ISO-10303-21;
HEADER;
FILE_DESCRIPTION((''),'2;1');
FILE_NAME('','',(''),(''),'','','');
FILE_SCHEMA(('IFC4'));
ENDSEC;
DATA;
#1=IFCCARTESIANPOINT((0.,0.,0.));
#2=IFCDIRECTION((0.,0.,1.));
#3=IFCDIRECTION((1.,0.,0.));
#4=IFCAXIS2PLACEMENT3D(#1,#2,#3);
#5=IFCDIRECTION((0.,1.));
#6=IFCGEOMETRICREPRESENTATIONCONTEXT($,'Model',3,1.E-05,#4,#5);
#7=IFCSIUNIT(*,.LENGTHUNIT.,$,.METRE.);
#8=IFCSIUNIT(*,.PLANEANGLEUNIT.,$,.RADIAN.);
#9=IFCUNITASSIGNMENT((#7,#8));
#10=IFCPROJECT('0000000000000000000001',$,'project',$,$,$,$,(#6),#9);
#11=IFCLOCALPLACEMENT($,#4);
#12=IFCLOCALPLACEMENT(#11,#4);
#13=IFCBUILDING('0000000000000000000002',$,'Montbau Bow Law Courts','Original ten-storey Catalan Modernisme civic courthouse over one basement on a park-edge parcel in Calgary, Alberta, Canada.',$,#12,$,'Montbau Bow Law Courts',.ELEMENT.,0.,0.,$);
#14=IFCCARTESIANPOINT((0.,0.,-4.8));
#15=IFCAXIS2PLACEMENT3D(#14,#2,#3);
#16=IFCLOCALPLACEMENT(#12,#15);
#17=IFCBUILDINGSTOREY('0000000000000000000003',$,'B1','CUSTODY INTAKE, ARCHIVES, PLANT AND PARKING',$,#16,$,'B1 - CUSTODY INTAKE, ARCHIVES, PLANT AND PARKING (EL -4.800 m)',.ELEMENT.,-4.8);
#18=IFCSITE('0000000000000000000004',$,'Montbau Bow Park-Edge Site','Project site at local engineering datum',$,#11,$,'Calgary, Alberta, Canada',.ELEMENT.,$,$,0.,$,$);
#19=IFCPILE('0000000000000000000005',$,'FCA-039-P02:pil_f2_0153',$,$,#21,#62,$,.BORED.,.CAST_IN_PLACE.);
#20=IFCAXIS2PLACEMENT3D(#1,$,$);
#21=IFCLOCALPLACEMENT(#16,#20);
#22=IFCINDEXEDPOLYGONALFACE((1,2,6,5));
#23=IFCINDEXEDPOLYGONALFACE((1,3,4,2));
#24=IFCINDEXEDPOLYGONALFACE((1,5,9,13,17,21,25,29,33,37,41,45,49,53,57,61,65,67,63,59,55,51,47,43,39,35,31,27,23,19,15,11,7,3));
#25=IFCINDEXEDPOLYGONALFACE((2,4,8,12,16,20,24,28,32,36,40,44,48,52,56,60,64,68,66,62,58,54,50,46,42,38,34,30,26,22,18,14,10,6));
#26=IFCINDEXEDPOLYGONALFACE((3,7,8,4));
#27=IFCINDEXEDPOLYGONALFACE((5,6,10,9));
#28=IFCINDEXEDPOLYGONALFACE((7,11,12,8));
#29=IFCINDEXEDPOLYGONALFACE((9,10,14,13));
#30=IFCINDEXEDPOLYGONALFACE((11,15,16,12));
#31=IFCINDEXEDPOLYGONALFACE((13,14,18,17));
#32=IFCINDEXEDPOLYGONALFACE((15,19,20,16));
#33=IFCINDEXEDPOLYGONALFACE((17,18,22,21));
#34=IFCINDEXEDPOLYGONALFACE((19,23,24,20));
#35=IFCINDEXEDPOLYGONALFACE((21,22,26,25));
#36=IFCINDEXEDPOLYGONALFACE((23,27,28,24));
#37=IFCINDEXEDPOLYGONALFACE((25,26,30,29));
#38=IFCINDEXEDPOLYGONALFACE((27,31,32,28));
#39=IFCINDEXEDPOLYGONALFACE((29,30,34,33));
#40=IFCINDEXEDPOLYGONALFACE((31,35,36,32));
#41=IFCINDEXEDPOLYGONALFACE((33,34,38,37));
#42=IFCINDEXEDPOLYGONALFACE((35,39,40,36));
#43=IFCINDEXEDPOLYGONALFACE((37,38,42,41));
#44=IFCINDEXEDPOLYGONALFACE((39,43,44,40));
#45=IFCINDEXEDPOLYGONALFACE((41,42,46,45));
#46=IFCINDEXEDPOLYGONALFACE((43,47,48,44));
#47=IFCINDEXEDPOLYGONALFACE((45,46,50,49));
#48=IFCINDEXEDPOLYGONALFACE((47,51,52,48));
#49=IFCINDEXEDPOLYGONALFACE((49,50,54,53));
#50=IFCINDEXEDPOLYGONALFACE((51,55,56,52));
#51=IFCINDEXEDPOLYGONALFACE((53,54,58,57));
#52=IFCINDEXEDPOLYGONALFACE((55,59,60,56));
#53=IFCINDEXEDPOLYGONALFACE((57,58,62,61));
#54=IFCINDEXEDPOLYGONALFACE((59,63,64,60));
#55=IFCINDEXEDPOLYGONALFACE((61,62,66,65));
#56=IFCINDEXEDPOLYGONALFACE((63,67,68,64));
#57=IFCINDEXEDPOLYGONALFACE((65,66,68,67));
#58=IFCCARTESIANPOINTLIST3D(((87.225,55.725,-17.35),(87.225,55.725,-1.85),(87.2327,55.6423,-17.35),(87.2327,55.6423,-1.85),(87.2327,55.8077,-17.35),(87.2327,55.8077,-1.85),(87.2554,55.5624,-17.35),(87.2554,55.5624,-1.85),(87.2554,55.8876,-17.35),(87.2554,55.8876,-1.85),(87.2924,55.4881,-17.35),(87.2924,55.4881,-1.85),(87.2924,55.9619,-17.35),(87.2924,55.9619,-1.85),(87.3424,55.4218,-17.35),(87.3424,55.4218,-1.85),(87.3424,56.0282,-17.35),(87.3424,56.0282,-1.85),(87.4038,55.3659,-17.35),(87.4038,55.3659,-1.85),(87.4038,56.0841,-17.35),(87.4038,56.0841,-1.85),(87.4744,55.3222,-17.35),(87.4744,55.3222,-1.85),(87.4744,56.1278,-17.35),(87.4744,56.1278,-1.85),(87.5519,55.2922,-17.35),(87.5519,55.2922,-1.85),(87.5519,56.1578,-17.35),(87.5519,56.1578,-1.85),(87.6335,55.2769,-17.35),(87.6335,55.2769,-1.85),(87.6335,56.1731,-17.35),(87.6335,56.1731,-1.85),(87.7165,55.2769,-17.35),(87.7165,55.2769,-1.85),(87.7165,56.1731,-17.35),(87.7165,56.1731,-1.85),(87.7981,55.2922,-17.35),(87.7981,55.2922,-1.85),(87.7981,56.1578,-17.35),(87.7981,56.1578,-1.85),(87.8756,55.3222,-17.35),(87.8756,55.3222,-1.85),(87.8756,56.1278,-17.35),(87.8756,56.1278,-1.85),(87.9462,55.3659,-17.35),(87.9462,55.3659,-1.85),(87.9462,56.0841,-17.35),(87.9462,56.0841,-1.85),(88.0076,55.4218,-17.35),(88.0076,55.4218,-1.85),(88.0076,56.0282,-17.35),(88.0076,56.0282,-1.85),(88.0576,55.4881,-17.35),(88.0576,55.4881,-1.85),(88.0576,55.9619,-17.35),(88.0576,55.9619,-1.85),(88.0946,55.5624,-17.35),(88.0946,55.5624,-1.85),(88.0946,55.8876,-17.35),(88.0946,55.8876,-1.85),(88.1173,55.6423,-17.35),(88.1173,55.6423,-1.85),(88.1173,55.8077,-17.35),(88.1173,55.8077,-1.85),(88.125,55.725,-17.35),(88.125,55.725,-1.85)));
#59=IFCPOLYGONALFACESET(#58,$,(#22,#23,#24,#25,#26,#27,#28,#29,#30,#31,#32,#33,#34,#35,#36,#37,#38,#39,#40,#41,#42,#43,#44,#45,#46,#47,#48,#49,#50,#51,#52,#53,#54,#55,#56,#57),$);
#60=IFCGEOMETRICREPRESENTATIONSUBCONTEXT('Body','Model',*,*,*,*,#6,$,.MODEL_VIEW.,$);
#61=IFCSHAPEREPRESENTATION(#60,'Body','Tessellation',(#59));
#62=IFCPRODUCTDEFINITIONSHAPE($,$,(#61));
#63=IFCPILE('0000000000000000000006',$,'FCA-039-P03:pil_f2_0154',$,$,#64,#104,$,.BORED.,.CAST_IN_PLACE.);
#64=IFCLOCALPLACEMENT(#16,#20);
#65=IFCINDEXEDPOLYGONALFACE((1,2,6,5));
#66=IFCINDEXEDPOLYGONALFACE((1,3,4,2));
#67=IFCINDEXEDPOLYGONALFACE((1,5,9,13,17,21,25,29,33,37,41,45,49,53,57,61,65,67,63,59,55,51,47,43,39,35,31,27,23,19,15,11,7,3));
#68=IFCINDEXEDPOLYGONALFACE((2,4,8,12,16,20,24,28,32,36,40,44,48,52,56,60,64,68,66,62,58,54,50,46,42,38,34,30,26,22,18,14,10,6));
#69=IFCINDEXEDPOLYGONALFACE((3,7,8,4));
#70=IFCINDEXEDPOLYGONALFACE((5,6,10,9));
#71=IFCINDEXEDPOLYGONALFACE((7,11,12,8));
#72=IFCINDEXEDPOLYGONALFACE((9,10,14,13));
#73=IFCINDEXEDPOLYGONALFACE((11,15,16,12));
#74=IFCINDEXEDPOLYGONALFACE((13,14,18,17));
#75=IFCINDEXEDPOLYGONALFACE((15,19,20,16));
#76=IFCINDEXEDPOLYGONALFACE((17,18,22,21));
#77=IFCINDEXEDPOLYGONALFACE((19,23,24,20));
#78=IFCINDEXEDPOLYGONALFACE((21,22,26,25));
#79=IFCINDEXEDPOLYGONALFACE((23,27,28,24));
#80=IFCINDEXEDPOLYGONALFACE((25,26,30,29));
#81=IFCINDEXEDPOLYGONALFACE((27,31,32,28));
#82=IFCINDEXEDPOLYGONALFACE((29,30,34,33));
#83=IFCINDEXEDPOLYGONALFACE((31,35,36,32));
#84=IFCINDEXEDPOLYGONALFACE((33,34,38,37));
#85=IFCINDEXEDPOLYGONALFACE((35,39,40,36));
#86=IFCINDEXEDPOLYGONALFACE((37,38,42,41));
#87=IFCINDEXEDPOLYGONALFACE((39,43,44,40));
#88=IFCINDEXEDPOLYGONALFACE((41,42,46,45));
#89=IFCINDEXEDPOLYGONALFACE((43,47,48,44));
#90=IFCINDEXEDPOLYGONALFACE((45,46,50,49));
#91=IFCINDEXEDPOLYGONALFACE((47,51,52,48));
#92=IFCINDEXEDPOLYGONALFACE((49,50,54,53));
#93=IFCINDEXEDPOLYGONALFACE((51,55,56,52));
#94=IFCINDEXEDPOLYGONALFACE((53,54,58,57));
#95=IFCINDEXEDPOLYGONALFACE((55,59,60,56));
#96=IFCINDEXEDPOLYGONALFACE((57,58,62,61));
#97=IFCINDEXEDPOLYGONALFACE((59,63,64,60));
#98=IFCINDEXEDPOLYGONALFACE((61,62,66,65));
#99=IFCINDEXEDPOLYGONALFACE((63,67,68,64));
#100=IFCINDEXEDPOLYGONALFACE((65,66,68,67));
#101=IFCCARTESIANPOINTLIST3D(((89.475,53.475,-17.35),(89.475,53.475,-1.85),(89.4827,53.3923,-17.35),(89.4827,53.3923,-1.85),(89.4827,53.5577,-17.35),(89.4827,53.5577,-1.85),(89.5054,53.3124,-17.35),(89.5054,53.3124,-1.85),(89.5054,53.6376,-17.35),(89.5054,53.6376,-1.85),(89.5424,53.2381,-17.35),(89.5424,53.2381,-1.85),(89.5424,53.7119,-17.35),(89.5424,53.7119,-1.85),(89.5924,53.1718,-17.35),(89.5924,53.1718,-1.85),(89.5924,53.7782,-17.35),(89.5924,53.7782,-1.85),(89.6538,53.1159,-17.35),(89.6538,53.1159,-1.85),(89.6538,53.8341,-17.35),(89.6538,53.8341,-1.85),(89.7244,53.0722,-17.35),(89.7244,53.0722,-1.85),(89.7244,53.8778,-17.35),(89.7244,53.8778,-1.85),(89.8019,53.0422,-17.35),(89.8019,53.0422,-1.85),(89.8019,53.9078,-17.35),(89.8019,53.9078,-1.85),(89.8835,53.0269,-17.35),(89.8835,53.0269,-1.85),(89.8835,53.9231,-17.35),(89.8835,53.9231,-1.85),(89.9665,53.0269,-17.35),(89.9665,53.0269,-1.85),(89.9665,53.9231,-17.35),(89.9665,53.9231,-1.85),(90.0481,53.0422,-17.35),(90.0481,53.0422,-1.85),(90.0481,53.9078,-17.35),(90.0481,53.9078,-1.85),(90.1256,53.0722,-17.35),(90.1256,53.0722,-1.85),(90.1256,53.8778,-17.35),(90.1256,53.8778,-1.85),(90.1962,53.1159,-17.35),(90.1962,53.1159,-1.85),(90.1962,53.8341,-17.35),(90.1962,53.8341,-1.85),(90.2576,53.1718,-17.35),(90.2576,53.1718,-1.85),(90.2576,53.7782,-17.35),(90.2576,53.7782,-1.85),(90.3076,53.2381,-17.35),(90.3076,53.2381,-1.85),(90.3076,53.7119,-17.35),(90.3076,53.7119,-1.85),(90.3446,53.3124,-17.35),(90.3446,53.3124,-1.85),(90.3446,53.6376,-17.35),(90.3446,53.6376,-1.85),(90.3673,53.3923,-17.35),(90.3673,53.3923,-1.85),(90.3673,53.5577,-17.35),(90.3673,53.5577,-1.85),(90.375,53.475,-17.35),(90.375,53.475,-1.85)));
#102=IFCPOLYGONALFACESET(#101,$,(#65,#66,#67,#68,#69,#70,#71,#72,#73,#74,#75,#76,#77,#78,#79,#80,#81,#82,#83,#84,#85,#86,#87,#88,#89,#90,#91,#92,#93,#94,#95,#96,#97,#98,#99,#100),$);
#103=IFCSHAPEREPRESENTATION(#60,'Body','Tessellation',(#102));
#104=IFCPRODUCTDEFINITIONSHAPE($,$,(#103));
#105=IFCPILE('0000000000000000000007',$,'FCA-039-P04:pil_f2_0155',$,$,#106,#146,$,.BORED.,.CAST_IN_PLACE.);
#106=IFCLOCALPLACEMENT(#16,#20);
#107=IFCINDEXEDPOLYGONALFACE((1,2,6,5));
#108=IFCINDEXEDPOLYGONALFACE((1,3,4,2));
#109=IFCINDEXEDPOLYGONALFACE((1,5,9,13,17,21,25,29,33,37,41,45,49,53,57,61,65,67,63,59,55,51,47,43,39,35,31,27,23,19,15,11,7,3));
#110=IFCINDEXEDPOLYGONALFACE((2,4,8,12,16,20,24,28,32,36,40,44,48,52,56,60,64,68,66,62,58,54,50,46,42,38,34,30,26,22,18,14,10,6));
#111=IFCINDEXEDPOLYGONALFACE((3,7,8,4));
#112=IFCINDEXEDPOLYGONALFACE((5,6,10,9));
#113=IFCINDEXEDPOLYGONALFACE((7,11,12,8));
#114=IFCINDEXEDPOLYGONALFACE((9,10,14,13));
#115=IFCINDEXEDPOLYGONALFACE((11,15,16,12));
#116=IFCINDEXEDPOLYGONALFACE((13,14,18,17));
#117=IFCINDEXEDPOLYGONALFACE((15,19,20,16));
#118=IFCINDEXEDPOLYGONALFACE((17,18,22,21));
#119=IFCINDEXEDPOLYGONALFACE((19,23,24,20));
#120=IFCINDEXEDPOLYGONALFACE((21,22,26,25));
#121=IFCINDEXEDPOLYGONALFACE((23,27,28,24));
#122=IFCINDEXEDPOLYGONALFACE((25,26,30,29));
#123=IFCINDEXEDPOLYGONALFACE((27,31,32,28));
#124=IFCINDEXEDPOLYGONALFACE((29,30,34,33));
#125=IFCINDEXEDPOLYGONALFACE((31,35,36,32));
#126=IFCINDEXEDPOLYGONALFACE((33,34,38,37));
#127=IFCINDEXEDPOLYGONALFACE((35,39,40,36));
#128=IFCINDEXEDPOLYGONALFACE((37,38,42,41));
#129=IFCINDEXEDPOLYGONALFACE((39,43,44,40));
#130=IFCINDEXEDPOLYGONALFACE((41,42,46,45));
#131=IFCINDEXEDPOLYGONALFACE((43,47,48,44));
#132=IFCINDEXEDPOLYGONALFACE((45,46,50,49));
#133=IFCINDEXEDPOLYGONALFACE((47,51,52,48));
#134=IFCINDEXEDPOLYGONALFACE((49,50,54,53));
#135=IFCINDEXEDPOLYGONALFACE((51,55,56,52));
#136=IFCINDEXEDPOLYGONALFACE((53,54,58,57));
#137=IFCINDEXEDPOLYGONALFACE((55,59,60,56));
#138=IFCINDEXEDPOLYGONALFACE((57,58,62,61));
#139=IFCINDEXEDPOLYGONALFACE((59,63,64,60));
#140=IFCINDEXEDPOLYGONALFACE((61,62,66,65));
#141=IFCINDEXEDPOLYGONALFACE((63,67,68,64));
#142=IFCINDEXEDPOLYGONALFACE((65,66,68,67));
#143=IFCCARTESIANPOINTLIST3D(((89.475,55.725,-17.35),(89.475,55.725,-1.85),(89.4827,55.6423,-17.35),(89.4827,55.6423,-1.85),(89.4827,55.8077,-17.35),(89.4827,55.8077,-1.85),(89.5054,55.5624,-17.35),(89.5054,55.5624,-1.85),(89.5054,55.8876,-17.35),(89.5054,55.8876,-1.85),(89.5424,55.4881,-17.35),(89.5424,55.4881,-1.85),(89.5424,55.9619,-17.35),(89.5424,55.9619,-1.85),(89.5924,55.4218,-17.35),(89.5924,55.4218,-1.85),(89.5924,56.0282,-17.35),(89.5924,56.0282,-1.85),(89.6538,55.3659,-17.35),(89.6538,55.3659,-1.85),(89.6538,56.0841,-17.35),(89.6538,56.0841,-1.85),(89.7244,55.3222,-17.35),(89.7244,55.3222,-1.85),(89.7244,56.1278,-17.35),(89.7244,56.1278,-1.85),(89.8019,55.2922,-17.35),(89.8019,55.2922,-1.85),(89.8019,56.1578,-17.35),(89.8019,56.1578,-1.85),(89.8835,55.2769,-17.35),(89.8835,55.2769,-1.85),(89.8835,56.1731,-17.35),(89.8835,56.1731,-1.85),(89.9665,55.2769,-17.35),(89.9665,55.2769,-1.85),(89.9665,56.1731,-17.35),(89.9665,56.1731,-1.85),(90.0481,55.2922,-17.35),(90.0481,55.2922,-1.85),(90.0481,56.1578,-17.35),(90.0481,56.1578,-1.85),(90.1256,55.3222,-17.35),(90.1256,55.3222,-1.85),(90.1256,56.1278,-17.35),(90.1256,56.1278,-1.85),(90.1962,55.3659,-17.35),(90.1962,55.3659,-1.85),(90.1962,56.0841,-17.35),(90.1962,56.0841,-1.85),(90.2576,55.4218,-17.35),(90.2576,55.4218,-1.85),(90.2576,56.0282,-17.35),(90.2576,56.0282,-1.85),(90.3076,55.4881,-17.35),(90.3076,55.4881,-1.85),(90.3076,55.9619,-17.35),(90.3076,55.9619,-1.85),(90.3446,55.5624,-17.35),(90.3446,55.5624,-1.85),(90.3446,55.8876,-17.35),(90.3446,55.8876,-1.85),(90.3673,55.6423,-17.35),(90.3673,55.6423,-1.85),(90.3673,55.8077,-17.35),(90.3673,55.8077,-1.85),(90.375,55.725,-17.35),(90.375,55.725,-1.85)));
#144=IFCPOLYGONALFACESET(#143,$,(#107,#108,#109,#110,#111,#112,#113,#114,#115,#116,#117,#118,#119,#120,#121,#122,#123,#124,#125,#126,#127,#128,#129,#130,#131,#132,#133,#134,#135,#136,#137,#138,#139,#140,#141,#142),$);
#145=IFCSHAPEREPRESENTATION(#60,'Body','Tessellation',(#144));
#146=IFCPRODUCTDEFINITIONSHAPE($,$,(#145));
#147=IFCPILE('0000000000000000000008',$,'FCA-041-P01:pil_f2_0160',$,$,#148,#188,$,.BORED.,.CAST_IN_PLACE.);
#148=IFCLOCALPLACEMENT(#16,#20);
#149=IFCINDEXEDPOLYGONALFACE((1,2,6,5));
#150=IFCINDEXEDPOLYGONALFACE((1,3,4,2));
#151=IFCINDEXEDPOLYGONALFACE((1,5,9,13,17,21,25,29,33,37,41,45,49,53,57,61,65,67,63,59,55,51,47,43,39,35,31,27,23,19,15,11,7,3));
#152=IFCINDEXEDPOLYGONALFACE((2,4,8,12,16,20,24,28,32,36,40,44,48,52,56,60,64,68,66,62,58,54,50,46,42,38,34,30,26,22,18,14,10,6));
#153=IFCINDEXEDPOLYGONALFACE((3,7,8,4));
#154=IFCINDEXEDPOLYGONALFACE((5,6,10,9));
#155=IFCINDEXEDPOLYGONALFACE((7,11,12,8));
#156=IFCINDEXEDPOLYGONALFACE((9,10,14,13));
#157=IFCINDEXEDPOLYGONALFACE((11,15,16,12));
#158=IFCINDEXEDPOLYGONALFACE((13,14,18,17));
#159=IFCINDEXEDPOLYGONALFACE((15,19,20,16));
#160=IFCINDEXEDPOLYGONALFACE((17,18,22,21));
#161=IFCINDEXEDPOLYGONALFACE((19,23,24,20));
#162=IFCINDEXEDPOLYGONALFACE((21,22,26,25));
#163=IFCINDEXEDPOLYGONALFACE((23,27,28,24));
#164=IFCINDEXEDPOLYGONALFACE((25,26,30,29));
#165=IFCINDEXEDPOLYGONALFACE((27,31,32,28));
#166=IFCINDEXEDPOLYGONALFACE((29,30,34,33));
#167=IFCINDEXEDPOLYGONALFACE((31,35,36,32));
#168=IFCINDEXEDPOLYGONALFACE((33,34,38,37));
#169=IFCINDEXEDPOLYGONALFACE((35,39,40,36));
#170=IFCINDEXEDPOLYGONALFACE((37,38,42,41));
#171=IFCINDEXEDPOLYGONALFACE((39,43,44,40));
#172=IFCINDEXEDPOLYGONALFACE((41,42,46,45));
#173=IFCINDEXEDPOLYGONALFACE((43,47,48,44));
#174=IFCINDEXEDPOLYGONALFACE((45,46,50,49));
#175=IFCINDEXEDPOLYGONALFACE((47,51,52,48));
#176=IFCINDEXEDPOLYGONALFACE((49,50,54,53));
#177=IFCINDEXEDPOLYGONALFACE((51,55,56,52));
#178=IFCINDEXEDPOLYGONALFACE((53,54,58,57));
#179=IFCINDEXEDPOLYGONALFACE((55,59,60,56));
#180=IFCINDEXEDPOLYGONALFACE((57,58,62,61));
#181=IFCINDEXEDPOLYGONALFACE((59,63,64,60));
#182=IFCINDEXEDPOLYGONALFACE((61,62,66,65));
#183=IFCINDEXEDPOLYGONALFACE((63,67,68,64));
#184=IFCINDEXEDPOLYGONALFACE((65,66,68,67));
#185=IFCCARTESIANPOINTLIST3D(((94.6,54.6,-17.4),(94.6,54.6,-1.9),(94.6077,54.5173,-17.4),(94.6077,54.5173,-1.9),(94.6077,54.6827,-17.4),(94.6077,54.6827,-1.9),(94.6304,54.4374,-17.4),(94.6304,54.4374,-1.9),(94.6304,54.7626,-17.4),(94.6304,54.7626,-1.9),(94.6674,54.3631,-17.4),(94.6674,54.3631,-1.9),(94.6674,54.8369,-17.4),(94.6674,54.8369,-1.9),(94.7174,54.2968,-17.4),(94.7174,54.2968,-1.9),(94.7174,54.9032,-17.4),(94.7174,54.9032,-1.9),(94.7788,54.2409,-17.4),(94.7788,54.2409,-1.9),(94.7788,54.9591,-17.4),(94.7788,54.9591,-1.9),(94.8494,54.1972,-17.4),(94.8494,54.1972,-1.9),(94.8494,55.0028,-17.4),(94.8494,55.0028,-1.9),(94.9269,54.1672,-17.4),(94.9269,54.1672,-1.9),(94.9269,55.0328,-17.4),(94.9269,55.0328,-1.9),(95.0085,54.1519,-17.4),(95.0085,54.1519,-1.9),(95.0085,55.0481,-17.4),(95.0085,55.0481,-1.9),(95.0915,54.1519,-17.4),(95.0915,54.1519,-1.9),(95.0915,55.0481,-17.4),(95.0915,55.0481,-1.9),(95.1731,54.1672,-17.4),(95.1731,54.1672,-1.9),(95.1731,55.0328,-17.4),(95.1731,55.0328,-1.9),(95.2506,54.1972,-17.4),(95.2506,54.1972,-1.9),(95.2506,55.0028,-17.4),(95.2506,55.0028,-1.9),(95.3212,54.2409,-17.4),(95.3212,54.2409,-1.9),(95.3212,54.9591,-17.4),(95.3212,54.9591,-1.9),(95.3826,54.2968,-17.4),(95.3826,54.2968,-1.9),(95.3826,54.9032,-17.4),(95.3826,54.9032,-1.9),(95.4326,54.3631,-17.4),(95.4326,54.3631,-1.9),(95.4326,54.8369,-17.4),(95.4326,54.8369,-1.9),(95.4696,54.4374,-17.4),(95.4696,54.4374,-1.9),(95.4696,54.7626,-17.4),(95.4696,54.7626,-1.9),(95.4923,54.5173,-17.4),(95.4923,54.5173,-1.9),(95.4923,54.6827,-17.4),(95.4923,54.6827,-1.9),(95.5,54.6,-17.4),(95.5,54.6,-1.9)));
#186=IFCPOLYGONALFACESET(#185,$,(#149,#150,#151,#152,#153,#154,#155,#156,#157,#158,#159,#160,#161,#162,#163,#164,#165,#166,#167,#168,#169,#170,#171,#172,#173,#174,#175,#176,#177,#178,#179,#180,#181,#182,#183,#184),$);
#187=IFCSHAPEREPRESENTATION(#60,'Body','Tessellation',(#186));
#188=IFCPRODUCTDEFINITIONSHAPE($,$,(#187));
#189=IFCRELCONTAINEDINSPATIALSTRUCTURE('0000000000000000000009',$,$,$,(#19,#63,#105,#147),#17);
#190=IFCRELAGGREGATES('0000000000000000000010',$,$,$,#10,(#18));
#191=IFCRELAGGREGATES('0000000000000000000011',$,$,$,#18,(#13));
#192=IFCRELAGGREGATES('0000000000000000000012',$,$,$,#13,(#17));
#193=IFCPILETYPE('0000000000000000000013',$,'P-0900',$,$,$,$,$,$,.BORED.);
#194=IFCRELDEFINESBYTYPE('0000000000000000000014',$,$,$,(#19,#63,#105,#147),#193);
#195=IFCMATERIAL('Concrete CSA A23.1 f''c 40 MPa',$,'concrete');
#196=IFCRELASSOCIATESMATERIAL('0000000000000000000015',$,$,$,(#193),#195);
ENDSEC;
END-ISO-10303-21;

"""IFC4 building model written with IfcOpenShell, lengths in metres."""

from ifc_helpers import new_model, si_unit, direction, frame, origin_with_axes, origin_2d_with_axis, place, context, subcontext, project, spatial, circle, extrude, material, material_profile, profile_set, type_object, element, save


model = new_model("IFC4")

# Units and contexts
model_context = context("Model", 3, precision=1e-05, world=origin_with_axes(), true_north=direction((0.0, 1.0)))
body_context = subcontext(model_context, "Body", "Model", "MODEL_VIEW")
ifc_project = project(units=[si_unit("LENGTHUNIT", "METRE"), si_unit("PLANEANGLEUNIT", "RADIAN")], contexts=[model_context])

# Site, building, storey
site_placement = place(None, origin_with_axes())
site = spatial("IfcSite", under=ifc_project, at=site_placement, Name="Montbau Bow Park-Edge Site", Description="Project site at local engineering datum", LongName="Calgary, Alberta, Canada", CompositionType="ELEMENT", RefElevation=0.0)
building_placement = place(site_placement, origin_with_axes())
building = spatial("IfcBuilding", under=site, at=building_placement, Name="Montbau Bow Law Courts", Description="Original ten-storey Catalan Modernisme civic courthouse over one basement on a park-edge parcel in Calgary, Alberta, Canada.", LongName="Montbau Bow Law Courts", CompositionType="ELEMENT", ElevationOfRefHeight=0.0, ElevationOfTerrain=0.0)
storey_placement = place(building_placement, frame((0.0, 0.0, -4.8), z_axis=(0.0, 0.0, 1.0), x_axis=(1.0, 0.0, 0.0)))
storey = spatial("IfcBuildingStorey", under=building, at=storey_placement, Name="B1", Description="CUSTODY INTAKE, ARCHIVES, PLANT AND PARKING", LongName="B1 - CUSTODY INTAKE, ARCHIVES, PLANT AND PARKING (EL -4.800 m)", CompositionType="ELEMENT", Elevation=-4.8)

# Piles
ifc_material_1 = material(Name="Concrete CSA A23.1 f'c 40 MPa", Category="concrete")
ifc_material_profile_1 = material_profile(ifc_material_1, circle(Radius=0.45, at=origin_2d_with_axis()), Name="BP900", Category="Main", Priority=0)
ifc_profile_set_1 = profile_set([ifc_material_profile_1], Name="Concrete CSA A23.1 f'c 40 MPa")
pile_type_1 = type_object("IfcPileType", Name="P-0900", PredefinedType="BORED", material=ifc_profile_set_1)
for number, where, z_axis, x_axis, name in (
    (1, (87.675, 55.725, -22.15), (0.0, 0.0, 1.0), (1.0, 0.0, 0.0), "FCA-039-P02:pil_f2_0153"),
    (2, (89.925, 53.475, -22.15), (0.0, 0.0, 1.0), (1.0, 0.0, 0.0), "FCA-039-P03:pil_f2_0154"),
    (3, (89.925, 55.725, -22.15), (0.0, 0.0, 1.0), (1.0, 0.0, 0.0), "FCA-039-P04:pil_f2_0155"),
    (4, (95.05, 54.6, -22.2), (0.0, 0.0, 1.0), (1.0, 0.0, 0.0), "FCA-041-P01:pil_f2_0160"),
):
    element("IfcPile", number, at=place(None, frame(where, z_axis=z_axis, x_axis=x_axis)), inside=storey, type_object=pile_type_1, Name=name, ConstructionType="CAST_IN_PLACE", PredefinedType="BORED", context=body_context, shape_type="SweptSolid", body=[
        extrude(circle(Radius=0.45, at=origin_2d_with_axis()), origin_with_axes(), (0.0, 0.0, 1.0), 15.5),
    ])

save(model, "model.ifc")
